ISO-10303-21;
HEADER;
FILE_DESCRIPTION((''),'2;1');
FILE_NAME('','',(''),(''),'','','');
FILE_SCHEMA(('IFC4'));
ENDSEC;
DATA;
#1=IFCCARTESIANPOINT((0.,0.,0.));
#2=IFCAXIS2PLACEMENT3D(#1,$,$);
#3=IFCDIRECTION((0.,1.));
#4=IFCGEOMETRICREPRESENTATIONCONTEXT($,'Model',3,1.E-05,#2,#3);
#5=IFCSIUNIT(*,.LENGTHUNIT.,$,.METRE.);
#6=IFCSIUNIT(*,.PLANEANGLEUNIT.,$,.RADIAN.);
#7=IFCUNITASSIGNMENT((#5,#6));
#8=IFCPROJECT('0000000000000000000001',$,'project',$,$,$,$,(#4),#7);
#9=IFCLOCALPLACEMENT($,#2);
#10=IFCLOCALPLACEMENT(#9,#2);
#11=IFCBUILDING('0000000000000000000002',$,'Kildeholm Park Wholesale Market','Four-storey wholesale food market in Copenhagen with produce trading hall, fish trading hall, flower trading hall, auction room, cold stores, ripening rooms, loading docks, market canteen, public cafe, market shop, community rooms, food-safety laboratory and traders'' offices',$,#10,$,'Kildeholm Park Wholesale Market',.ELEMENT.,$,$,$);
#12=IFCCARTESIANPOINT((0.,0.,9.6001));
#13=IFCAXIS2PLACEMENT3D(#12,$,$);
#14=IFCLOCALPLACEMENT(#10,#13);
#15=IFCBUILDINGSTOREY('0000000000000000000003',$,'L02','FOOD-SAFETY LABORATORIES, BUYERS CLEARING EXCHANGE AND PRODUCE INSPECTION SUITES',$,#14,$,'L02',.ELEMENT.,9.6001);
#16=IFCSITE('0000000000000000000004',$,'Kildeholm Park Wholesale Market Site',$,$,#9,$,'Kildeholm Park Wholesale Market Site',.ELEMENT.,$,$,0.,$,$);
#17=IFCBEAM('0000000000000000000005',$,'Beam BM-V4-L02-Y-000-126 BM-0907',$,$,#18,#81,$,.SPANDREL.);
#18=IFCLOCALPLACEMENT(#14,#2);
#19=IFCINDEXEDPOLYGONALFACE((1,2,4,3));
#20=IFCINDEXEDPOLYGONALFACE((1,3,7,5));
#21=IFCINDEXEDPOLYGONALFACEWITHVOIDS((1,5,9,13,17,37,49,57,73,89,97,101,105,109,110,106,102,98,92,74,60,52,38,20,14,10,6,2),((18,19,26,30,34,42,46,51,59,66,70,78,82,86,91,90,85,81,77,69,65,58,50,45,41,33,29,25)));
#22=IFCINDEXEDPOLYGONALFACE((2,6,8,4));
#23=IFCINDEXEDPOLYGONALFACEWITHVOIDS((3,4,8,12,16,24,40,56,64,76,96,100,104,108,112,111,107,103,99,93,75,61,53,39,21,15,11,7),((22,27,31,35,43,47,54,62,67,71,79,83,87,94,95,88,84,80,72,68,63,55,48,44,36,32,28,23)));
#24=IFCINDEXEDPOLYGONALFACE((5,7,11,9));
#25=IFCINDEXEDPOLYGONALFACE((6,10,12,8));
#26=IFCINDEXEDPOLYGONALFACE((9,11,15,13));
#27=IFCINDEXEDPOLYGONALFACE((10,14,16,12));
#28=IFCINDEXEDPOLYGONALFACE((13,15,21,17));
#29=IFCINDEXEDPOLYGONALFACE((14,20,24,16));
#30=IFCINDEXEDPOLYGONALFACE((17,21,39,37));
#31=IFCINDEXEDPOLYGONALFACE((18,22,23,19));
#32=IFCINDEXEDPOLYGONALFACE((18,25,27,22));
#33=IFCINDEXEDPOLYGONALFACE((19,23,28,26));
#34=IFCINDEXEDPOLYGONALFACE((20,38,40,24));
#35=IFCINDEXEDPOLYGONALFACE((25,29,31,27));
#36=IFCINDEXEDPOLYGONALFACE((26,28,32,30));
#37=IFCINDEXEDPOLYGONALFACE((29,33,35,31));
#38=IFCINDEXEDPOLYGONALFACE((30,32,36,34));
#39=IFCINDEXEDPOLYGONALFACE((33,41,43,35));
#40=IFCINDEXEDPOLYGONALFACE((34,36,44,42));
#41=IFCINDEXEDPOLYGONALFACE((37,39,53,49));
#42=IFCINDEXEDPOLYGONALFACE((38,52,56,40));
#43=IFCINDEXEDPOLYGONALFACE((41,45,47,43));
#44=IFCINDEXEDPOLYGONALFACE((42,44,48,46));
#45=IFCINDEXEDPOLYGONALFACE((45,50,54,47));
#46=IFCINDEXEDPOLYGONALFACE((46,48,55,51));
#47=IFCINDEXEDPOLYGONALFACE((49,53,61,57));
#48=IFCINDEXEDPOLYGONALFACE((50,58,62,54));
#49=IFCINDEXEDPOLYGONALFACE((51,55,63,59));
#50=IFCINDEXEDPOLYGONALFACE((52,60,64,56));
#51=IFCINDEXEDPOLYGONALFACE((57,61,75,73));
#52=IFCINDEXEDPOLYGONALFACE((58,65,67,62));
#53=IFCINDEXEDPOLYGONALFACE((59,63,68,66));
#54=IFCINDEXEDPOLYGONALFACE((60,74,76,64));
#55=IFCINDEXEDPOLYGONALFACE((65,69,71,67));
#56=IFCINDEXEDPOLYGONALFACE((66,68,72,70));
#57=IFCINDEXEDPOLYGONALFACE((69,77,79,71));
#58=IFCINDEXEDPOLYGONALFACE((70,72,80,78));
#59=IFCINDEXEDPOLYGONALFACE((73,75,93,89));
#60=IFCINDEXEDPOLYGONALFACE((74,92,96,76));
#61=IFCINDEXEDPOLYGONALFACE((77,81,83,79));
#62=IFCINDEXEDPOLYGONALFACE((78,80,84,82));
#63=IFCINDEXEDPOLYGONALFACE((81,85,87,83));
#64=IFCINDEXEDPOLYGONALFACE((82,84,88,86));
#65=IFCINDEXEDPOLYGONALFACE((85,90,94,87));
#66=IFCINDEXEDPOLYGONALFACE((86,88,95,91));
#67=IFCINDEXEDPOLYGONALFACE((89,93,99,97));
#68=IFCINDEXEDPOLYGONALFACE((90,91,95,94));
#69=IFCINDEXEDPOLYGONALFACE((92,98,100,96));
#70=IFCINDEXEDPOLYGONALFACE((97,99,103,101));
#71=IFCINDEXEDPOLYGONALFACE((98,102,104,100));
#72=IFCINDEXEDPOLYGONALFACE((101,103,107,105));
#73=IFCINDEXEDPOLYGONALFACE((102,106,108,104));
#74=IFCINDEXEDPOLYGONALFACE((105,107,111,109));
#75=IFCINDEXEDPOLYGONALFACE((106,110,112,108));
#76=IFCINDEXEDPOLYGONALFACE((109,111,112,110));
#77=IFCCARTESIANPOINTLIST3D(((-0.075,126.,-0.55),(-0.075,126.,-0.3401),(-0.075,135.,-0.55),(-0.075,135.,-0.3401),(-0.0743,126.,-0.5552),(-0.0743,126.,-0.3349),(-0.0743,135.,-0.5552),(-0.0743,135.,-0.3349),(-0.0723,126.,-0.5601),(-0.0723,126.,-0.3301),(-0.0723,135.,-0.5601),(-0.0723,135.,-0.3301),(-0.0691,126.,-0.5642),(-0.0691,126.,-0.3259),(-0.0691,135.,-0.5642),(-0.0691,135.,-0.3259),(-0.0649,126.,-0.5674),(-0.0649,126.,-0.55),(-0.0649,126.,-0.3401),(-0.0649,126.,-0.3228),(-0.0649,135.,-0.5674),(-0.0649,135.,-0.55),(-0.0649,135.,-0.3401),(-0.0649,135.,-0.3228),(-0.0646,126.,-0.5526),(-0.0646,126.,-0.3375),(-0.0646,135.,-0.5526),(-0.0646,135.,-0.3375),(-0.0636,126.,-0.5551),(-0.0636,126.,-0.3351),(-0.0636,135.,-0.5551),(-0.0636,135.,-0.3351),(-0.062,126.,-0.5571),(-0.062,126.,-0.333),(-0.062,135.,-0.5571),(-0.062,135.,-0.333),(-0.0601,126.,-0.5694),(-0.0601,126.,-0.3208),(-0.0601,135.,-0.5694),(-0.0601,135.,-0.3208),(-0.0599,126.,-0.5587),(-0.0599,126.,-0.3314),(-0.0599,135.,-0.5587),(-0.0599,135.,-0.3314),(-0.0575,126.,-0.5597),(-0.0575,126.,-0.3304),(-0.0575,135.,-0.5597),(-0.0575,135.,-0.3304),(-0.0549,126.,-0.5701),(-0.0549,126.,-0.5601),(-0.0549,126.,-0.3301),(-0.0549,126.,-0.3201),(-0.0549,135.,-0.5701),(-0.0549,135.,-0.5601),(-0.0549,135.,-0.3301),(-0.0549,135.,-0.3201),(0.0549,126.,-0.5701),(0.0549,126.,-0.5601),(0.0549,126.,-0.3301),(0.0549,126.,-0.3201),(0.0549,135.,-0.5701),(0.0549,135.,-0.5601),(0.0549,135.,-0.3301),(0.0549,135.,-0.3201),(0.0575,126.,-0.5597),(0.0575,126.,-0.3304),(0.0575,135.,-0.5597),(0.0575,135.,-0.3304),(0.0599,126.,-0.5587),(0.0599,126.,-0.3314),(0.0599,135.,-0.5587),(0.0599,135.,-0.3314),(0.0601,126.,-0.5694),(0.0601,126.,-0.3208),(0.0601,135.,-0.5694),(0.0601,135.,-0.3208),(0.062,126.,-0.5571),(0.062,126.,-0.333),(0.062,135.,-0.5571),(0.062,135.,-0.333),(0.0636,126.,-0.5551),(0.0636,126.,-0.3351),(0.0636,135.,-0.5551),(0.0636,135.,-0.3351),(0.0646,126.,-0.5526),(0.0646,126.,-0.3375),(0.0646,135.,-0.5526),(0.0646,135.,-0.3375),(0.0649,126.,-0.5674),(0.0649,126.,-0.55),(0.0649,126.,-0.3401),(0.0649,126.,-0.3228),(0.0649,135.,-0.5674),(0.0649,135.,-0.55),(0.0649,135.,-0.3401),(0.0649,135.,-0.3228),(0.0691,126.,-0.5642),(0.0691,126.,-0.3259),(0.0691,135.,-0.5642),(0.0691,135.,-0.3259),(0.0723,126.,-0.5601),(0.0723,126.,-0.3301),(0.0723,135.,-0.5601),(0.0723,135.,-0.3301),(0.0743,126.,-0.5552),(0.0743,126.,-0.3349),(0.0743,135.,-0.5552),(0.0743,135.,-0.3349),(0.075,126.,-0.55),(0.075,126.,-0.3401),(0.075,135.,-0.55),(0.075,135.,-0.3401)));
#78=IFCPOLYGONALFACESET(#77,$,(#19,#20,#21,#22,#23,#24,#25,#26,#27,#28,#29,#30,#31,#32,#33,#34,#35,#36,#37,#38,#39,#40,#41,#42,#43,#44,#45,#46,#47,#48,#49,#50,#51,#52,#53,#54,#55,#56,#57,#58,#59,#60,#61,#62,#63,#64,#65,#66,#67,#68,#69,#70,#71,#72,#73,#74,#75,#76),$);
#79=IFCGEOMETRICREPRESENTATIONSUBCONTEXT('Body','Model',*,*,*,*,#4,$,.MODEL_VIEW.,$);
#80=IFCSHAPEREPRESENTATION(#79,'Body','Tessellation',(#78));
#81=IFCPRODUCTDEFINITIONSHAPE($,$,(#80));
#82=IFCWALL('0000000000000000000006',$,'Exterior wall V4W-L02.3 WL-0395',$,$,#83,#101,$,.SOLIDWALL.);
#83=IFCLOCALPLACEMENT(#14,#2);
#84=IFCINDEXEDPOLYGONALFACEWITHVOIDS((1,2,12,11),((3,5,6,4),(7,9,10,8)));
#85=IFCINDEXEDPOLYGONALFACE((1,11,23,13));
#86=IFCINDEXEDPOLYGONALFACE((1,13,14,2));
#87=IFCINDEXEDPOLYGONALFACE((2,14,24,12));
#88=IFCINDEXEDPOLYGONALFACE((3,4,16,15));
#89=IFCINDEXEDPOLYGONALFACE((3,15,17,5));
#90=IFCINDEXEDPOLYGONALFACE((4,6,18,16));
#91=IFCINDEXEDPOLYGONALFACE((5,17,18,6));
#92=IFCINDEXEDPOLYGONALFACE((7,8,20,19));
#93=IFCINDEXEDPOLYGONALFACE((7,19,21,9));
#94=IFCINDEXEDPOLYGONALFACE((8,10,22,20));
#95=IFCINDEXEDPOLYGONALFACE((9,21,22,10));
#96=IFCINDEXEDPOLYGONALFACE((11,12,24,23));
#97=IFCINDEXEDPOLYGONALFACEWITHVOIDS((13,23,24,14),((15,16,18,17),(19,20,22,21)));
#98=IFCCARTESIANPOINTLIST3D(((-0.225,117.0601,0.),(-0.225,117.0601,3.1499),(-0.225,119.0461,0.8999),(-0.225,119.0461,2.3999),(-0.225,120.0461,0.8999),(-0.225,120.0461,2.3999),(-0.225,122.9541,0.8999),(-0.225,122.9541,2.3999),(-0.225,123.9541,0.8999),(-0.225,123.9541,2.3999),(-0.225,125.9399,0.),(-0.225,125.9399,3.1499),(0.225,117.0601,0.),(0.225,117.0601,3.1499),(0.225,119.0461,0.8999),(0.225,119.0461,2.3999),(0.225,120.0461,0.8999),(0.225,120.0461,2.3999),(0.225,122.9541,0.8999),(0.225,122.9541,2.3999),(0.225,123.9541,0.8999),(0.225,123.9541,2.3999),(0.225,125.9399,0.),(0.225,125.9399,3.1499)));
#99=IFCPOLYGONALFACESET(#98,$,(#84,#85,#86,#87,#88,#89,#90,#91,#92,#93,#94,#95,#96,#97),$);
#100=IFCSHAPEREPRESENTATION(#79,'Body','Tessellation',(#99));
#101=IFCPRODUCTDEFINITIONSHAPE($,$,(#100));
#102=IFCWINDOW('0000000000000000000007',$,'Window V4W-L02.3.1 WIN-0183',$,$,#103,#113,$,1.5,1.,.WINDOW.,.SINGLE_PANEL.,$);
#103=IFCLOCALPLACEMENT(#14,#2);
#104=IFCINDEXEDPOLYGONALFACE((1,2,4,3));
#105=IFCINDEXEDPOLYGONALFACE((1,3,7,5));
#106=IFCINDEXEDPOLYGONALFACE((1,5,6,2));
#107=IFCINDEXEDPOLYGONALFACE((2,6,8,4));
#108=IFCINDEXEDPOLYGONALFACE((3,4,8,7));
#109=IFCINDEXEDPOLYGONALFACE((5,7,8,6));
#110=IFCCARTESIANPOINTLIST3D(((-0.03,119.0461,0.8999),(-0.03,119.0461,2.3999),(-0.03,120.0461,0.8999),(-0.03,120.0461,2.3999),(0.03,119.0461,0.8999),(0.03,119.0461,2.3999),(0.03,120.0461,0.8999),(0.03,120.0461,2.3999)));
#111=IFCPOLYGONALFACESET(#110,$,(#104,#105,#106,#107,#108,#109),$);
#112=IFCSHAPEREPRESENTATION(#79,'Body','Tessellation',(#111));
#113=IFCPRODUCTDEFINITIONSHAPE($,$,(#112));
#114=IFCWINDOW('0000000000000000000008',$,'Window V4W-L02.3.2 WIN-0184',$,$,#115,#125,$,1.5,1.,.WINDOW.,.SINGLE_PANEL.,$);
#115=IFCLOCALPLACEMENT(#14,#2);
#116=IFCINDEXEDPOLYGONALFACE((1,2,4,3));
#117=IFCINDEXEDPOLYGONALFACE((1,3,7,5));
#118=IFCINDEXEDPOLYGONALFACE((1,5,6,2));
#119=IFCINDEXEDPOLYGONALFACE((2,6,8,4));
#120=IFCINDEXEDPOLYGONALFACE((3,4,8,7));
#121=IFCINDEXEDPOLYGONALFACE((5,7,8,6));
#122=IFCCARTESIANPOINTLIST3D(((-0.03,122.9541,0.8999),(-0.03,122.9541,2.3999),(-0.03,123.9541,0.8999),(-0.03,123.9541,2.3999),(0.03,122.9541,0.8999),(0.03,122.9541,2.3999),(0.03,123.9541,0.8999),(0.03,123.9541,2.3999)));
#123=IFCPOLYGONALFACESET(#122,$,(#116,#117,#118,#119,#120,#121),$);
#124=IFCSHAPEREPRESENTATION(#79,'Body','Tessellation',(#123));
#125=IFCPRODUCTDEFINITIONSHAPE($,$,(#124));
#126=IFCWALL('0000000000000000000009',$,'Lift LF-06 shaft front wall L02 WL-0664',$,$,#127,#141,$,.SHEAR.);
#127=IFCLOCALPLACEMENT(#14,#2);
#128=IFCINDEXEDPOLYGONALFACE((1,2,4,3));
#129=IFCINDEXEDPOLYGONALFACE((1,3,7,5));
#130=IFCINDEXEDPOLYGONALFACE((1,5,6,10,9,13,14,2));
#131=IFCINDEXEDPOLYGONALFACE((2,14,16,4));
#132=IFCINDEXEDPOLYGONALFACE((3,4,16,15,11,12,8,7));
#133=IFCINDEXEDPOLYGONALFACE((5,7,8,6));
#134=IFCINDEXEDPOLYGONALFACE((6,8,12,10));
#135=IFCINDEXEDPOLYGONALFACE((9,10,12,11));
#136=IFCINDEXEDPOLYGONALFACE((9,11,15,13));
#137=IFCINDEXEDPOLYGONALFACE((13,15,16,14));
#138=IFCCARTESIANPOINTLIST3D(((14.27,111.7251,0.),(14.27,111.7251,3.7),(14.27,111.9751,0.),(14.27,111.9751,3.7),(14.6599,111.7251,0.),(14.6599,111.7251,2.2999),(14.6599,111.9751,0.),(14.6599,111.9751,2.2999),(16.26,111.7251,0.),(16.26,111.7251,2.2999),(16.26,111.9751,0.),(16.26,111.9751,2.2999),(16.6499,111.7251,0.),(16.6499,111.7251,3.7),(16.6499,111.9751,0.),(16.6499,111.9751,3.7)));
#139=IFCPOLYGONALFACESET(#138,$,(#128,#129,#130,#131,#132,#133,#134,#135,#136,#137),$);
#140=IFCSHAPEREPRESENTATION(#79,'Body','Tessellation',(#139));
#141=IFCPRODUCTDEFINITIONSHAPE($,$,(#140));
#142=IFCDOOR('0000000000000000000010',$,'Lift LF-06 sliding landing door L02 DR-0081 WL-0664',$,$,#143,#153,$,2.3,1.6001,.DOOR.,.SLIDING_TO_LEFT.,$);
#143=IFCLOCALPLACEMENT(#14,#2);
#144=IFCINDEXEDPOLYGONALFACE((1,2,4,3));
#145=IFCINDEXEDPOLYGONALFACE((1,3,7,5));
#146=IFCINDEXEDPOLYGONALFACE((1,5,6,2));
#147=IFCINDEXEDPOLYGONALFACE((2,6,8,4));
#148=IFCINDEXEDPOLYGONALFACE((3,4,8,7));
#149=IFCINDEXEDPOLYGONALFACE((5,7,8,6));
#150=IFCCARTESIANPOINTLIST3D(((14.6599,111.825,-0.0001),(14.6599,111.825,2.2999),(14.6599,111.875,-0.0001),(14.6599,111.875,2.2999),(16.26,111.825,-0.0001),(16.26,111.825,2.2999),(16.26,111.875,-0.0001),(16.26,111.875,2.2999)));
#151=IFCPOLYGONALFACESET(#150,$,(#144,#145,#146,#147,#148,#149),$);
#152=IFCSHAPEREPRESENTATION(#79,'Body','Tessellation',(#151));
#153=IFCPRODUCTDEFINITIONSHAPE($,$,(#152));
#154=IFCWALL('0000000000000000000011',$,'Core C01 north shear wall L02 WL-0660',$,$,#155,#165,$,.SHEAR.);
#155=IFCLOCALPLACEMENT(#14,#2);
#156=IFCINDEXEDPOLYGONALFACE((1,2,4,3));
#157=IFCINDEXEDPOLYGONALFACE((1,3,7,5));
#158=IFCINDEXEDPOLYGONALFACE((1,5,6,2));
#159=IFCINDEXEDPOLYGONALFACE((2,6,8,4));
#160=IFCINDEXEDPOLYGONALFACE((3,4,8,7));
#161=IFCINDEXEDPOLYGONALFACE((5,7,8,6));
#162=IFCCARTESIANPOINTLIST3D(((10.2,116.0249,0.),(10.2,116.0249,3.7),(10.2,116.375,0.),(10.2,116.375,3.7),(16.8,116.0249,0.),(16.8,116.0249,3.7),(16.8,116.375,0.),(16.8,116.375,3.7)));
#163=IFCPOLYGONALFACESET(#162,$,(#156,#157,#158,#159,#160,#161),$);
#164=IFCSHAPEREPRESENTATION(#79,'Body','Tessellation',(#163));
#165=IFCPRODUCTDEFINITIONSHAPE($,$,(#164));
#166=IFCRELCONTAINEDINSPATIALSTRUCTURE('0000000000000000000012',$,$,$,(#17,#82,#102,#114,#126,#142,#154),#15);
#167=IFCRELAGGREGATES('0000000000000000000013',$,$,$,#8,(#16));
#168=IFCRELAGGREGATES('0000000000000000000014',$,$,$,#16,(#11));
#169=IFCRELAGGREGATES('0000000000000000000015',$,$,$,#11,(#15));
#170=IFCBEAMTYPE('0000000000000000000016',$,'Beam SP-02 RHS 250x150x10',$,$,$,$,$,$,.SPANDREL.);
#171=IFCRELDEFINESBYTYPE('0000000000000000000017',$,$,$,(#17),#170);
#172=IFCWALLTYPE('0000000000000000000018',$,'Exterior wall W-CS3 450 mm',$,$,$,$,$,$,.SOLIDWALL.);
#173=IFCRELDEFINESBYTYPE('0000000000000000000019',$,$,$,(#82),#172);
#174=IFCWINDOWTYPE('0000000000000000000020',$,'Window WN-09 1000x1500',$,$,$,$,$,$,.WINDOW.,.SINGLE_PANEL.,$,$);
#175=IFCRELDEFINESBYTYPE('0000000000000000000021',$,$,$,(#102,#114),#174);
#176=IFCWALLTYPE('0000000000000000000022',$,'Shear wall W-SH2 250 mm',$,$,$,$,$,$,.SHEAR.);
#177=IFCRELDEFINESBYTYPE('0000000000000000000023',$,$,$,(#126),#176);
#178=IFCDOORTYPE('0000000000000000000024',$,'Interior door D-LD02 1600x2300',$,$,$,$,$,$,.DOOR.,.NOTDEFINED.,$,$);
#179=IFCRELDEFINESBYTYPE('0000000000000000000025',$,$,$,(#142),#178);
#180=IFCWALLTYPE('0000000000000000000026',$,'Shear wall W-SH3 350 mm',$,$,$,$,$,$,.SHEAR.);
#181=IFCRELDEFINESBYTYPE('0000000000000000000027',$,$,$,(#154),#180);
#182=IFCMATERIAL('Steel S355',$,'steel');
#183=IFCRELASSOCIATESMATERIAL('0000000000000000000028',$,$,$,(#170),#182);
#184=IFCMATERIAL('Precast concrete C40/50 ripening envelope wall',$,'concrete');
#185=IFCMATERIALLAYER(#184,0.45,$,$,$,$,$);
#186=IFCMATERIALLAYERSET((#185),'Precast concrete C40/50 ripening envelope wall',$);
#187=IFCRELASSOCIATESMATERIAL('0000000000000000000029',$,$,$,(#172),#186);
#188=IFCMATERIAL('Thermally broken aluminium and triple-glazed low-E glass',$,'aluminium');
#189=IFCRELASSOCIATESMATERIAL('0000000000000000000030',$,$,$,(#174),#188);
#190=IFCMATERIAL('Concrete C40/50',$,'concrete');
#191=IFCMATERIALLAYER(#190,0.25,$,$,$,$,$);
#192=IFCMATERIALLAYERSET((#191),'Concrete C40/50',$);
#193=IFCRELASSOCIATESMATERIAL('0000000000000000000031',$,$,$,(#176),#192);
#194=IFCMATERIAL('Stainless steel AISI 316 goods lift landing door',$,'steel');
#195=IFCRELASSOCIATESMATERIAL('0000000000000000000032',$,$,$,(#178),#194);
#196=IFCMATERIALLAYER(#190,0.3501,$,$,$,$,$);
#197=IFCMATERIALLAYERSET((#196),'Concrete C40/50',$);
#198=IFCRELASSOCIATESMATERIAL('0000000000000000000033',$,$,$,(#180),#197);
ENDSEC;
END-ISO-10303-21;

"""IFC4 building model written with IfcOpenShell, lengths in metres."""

from ifc_helpers import new_model, si_unit, direction, frame, frame_2d, origin, origin_2d, place, context, subcontext, project, spatial, rectangle, hollow_rectangle, extrude, material, layer, layer_set, material_profile, profile_set, type_object, element, fill, save


model = new_model("IFC4")

# Units and contexts
model_context = context("Model", 3, precision=1e-05, world=origin(), true_north=direction((0.0, 1.0)))
body_context = subcontext(model_context, "Body", "Model", "MODEL_VIEW")
ifc_project = project(units=[si_unit("LENGTHUNIT", "METRE"), si_unit("PLANEANGLEUNIT", "RADIAN")], contexts=[model_context])

# Site, building, storey
site_placement = place(None, origin())
site = spatial("IfcSite", under=ifc_project, at=site_placement, Name="Kildeholm Park Wholesale Market Site", LongName="Kildeholm Park Wholesale Market Site", CompositionType="ELEMENT", RefElevation=0.0)
building_placement = place(site_placement, origin())
building = spatial("IfcBuilding", under=site, at=building_placement, Name="Kildeholm Park Wholesale Market", Description="Four-storey wholesale food market in Copenhagen with produce trading hall, fish trading hall, flower trading hall, auction room, cold stores, ripening rooms, loading docks, market canteen, public cafe, market shop, community rooms, food-safety laboratory and traders' offices", LongName="Kildeholm Park Wholesale Market", CompositionType="ELEMENT")
storey_placement = place(building_placement, frame((0.0, 0.0, 9.6001)))
storey = spatial("IfcBuildingStorey", under=building, at=storey_placement, Name="L02", Description="FOOD-SAFETY LABORATORIES, BUYERS CLEARING EXCHANGE AND PRODUCE INSPECTION SUITES", LongName="L02", CompositionType="ELEMENT", Elevation=9.6001)

# Shared definitions
ifc_material_1 = material(Name="Concrete C40/50", Category="concrete")

# Beam
ifc_material_2 = material(Name="Steel S355", Category="steel")
ifc_material_profile_1 = material_profile(ifc_material_2, hollow_rectangle(XDim=0.1499, YDim=0.25, WallThickness=0.01, InnerFilletRadius=0.01, OuterFilletRadius=0.02, at=origin_2d()), Name="RHS 250x150x10")
ifc_profile_set_1 = profile_set([ifc_material_profile_1], Name="Steel S355")
beam_type_1 = type_object("IfcBeamType", Name="Beam SP-02 RHS 250x150x10", PredefinedType="SPANDREL", material=ifc_profile_set_1)
for number, where, z_axis, x_axis, name in (
    (1, (0.0, 126.0, -0.4451), (0.0, 1.0, 0.0), (-1.0, 0.0, 0.0), "Beam BM-V4-L02-Y-000-126 BM-0907"),
):
    element("IfcBeam", number, at=place(storey_placement, frame(where, z_axis=z_axis, x_axis=x_axis)), inside=storey, type_object=beam_type_1, Name=name, PredefinedType="SPANDREL", context=body_context, shape_type="SweptSolid", body=[
        extrude(hollow_rectangle(XDim=0.1499, YDim=0.25, WallThickness=0.01, InnerFilletRadius=0.01, OuterFilletRadius=0.02, at=origin_2d()), origin(), (0.0, 0.0, 1.0), 9.0),
    ])

# Wall, openings, windows
ifc_material_3 = material(Name="Precast concrete C40/50 ripening envelope wall", Category="concrete")
ifc_layer_1 = layer(ifc_material_3, 0.45)
ifc_layer_set_1 = layer_set([ifc_layer_1], Name="Precast concrete C40/50 ripening envelope wall")
wall_type_1 = type_object("IfcWallType", Name="Exterior wall W-CS3 450 mm", PredefinedType="SOLIDWALL", material=ifc_layer_set_1)
wall_1_placement = place(storey_placement, frame((0.0, 117.0601, 0.0), z_axis=(0.0, 0.0, 1.0), x_axis=(0.0, 1.0, 0.0)))
wall_1 = element("IfcWall", 2, at=wall_1_placement, inside=storey, type_object=wall_type_1, Name="Exterior wall V4W-L02.3 WL-0395", PredefinedType="SOLIDWALL", context=body_context, shape_type="SweptSolid", body=[
    extrude(rectangle(XDim=8.8799, YDim=0.45, at=frame_2d((4.4399, 0.0))), origin(), (0.0, 0.0, 1.0), 3.1499),
])
opening_1_placement = place(wall_1_placement, frame((1.9861, 0.0, 0.8999)))
opening_1 = element("IfcOpeningElement", 3, at=opening_1_placement, cuts=wall_1, PredefinedType="OPENING", context=body_context, shape_type="SweptSolid", body=[
    extrude(rectangle(XDim=1.0, YDim=1.5, at=frame_2d((0.5, 0.75))), frame((0.0, 0.2349, 0.0), z_axis=(0.0, -1.0, 0.0), x_axis=(1.0, 0.0, 0.0)), (0.0, 0.0, 1.0), 0.47),
])
opening_2_placement = place(wall_1_placement, frame((5.894, 0.0, 0.8999)))
opening_2 = element("IfcOpeningElement", 4, at=opening_2_placement, cuts=wall_1, PredefinedType="OPENING", context=body_context, shape_type="SweptSolid", body=[
    extrude(rectangle(XDim=1.0, YDim=1.5, at=frame_2d((0.5, 0.75))), frame((0.0, 0.2349, 0.0), z_axis=(0.0, -1.0, 0.0), x_axis=(1.0, 0.0, 0.0)), (0.0, 0.0, 1.0), 0.47),
])
ifc_material_4 = material(Name="Thermally broken aluminium and triple-glazed low-E glass", Category="aluminium")
window_type = type_object("IfcWindowType", Name="Window WN-09 1000x1500", PartitioningType="SINGLE_PANEL", PredefinedType="WINDOW", material=ifc_material_4)
window_1_placement = place(opening_1_placement, origin())
window_1 = element("IfcWindow", 5, at=window_1_placement, inside=storey, type_object=window_type, Name="Window V4W-L02.3.1 WIN-0183", OverallHeight=1.5, OverallWidth=1.0, PartitioningType="SINGLE_PANEL", PredefinedType="WINDOW", context=body_context, shape_type="SweptSolid", body=[
    extrude(rectangle(XDim=1.0, YDim=1.5, at=frame_2d((0.5, 0.75))), frame((0.0, 0.03, 0.0), z_axis=(0.0, -1.0, 0.0), x_axis=(1.0, 0.0, 0.0)), (0.0, 0.0, 1.0), 0.0601),
])
fill(opening_1, window_1)
window_2_placement = place(opening_2_placement, origin())
window_2 = element("IfcWindow", 6, at=window_2_placement, inside=storey, type_object=window_type, Name="Window V4W-L02.3.2 WIN-0184", OverallHeight=1.5, OverallWidth=1.0, PartitioningType="SINGLE_PANEL", PredefinedType="WINDOW", context=body_context, shape_type="SweptSolid", body=[
    extrude(rectangle(XDim=1.0, YDim=1.5, at=frame_2d((0.5, 0.75))), frame((0.0, 0.03, 0.0), z_axis=(0.0, -1.0, 0.0), x_axis=(1.0, 0.0, 0.0)), (0.0, 0.0, 1.0), 0.0601),
])
fill(opening_2, window_2)

# Wall, opening, door
ifc_layer_2 = layer(ifc_material_1, 0.25)
ifc_layer_set_2 = layer_set([ifc_layer_2], Name="Concrete C40/50")
wall_type_2 = type_object("IfcWallType", Name="Shear wall W-SH2 250 mm", PredefinedType="SHEAR", material=ifc_layer_set_2)
wall_2_placement = place(storey_placement, frame((14.27, 111.8501, 0.0), z_axis=(0.0, 0.0, 1.0), x_axis=(1.0, 0.0, 0.0)))
wall_2 = element("IfcWall", 7, at=wall_2_placement, inside=storey, type_object=wall_type_2, Name="Lift LF-06 shaft front wall L02 WL-0664", PredefinedType="SHEAR", context=body_context, shape_type="SweptSolid", body=[
    extrude(rectangle(XDim=2.3799, YDim=0.25, at=frame_2d((1.1899, 0.0))), origin(), (0.0, 0.0, 1.0), 3.7),
])
opening_3_placement = place(wall_2_placement, frame((0.3899, 0.0, 0.0)))
opening_3 = element("IfcOpeningElement", 8, at=opening_3_placement, cuts=wall_2, PredefinedType="OPENING", context=body_context, shape_type="SweptSolid", body=[
    extrude(rectangle(XDim=1.6001, YDim=2.3, at=frame_2d((0.8, 1.1499))), frame((0.0, 0.135, 0.0), z_axis=(0.0, -1.0, 0.0), x_axis=(1.0, 0.0, 0.0)), (0.0, 0.0, 1.0), 0.27),
])
ifc_material_5 = material(Name="Stainless steel AISI 316 goods lift landing door", Category="steel")
door_type = type_object("IfcDoorType", Name="Interior door D-LD02 1600x2300", OperationType="NOTDEFINED", PredefinedType="DOOR", material=ifc_material_5)
door_placement = place(opening_3_placement, origin())
door = element("IfcDoor", 9, at=door_placement, inside=storey, type_object=door_type, Name="Lift LF-06 sliding landing door L02 DR-0081 WL-0664", OperationType="SLIDING_TO_LEFT", OverallHeight=2.3, OverallWidth=1.6001, PredefinedType="DOOR", context=body_context, shape_type="SweptSolid", body=[
    extrude(rectangle(XDim=1.6001, YDim=2.3, at=frame_2d((0.8, 1.1499))), frame((0.0, 0.0249, 0.0), z_axis=(0.0, -1.0, 0.0), x_axis=(1.0, 0.0, 0.0)), (0.0, 0.0, 1.0), 0.05),
])
fill(opening_3, door)

# Wall
ifc_layer_3 = layer(ifc_material_1, 0.3501)
ifc_layer_set_3 = layer_set([ifc_layer_3], Name="Concrete C40/50")
wall_type_3 = type_object("IfcWallType", Name="Shear wall W-SH3 350 mm", PredefinedType="SHEAR", material=ifc_layer_set_3)
wall_3_placement = place(storey_placement, frame((10.2, 116.2, 0.0), z_axis=(0.0, 0.0, 1.0), x_axis=(1.0, 0.0, 0.0)))
element("IfcWall", 10, at=wall_3_placement, inside=storey, type_object=wall_type_3, Name="Core C01 north shear wall L02 WL-0660", PredefinedType="SHEAR", context=body_context, shape_type="SweptSolid", body=[
    extrude(rectangle(XDim=6.6001, YDim=0.3501, at=frame_2d((3.3, 0.0))), origin(), (0.0, 0.0, 1.0), 3.7),
])

save(model, "model.ifc")
